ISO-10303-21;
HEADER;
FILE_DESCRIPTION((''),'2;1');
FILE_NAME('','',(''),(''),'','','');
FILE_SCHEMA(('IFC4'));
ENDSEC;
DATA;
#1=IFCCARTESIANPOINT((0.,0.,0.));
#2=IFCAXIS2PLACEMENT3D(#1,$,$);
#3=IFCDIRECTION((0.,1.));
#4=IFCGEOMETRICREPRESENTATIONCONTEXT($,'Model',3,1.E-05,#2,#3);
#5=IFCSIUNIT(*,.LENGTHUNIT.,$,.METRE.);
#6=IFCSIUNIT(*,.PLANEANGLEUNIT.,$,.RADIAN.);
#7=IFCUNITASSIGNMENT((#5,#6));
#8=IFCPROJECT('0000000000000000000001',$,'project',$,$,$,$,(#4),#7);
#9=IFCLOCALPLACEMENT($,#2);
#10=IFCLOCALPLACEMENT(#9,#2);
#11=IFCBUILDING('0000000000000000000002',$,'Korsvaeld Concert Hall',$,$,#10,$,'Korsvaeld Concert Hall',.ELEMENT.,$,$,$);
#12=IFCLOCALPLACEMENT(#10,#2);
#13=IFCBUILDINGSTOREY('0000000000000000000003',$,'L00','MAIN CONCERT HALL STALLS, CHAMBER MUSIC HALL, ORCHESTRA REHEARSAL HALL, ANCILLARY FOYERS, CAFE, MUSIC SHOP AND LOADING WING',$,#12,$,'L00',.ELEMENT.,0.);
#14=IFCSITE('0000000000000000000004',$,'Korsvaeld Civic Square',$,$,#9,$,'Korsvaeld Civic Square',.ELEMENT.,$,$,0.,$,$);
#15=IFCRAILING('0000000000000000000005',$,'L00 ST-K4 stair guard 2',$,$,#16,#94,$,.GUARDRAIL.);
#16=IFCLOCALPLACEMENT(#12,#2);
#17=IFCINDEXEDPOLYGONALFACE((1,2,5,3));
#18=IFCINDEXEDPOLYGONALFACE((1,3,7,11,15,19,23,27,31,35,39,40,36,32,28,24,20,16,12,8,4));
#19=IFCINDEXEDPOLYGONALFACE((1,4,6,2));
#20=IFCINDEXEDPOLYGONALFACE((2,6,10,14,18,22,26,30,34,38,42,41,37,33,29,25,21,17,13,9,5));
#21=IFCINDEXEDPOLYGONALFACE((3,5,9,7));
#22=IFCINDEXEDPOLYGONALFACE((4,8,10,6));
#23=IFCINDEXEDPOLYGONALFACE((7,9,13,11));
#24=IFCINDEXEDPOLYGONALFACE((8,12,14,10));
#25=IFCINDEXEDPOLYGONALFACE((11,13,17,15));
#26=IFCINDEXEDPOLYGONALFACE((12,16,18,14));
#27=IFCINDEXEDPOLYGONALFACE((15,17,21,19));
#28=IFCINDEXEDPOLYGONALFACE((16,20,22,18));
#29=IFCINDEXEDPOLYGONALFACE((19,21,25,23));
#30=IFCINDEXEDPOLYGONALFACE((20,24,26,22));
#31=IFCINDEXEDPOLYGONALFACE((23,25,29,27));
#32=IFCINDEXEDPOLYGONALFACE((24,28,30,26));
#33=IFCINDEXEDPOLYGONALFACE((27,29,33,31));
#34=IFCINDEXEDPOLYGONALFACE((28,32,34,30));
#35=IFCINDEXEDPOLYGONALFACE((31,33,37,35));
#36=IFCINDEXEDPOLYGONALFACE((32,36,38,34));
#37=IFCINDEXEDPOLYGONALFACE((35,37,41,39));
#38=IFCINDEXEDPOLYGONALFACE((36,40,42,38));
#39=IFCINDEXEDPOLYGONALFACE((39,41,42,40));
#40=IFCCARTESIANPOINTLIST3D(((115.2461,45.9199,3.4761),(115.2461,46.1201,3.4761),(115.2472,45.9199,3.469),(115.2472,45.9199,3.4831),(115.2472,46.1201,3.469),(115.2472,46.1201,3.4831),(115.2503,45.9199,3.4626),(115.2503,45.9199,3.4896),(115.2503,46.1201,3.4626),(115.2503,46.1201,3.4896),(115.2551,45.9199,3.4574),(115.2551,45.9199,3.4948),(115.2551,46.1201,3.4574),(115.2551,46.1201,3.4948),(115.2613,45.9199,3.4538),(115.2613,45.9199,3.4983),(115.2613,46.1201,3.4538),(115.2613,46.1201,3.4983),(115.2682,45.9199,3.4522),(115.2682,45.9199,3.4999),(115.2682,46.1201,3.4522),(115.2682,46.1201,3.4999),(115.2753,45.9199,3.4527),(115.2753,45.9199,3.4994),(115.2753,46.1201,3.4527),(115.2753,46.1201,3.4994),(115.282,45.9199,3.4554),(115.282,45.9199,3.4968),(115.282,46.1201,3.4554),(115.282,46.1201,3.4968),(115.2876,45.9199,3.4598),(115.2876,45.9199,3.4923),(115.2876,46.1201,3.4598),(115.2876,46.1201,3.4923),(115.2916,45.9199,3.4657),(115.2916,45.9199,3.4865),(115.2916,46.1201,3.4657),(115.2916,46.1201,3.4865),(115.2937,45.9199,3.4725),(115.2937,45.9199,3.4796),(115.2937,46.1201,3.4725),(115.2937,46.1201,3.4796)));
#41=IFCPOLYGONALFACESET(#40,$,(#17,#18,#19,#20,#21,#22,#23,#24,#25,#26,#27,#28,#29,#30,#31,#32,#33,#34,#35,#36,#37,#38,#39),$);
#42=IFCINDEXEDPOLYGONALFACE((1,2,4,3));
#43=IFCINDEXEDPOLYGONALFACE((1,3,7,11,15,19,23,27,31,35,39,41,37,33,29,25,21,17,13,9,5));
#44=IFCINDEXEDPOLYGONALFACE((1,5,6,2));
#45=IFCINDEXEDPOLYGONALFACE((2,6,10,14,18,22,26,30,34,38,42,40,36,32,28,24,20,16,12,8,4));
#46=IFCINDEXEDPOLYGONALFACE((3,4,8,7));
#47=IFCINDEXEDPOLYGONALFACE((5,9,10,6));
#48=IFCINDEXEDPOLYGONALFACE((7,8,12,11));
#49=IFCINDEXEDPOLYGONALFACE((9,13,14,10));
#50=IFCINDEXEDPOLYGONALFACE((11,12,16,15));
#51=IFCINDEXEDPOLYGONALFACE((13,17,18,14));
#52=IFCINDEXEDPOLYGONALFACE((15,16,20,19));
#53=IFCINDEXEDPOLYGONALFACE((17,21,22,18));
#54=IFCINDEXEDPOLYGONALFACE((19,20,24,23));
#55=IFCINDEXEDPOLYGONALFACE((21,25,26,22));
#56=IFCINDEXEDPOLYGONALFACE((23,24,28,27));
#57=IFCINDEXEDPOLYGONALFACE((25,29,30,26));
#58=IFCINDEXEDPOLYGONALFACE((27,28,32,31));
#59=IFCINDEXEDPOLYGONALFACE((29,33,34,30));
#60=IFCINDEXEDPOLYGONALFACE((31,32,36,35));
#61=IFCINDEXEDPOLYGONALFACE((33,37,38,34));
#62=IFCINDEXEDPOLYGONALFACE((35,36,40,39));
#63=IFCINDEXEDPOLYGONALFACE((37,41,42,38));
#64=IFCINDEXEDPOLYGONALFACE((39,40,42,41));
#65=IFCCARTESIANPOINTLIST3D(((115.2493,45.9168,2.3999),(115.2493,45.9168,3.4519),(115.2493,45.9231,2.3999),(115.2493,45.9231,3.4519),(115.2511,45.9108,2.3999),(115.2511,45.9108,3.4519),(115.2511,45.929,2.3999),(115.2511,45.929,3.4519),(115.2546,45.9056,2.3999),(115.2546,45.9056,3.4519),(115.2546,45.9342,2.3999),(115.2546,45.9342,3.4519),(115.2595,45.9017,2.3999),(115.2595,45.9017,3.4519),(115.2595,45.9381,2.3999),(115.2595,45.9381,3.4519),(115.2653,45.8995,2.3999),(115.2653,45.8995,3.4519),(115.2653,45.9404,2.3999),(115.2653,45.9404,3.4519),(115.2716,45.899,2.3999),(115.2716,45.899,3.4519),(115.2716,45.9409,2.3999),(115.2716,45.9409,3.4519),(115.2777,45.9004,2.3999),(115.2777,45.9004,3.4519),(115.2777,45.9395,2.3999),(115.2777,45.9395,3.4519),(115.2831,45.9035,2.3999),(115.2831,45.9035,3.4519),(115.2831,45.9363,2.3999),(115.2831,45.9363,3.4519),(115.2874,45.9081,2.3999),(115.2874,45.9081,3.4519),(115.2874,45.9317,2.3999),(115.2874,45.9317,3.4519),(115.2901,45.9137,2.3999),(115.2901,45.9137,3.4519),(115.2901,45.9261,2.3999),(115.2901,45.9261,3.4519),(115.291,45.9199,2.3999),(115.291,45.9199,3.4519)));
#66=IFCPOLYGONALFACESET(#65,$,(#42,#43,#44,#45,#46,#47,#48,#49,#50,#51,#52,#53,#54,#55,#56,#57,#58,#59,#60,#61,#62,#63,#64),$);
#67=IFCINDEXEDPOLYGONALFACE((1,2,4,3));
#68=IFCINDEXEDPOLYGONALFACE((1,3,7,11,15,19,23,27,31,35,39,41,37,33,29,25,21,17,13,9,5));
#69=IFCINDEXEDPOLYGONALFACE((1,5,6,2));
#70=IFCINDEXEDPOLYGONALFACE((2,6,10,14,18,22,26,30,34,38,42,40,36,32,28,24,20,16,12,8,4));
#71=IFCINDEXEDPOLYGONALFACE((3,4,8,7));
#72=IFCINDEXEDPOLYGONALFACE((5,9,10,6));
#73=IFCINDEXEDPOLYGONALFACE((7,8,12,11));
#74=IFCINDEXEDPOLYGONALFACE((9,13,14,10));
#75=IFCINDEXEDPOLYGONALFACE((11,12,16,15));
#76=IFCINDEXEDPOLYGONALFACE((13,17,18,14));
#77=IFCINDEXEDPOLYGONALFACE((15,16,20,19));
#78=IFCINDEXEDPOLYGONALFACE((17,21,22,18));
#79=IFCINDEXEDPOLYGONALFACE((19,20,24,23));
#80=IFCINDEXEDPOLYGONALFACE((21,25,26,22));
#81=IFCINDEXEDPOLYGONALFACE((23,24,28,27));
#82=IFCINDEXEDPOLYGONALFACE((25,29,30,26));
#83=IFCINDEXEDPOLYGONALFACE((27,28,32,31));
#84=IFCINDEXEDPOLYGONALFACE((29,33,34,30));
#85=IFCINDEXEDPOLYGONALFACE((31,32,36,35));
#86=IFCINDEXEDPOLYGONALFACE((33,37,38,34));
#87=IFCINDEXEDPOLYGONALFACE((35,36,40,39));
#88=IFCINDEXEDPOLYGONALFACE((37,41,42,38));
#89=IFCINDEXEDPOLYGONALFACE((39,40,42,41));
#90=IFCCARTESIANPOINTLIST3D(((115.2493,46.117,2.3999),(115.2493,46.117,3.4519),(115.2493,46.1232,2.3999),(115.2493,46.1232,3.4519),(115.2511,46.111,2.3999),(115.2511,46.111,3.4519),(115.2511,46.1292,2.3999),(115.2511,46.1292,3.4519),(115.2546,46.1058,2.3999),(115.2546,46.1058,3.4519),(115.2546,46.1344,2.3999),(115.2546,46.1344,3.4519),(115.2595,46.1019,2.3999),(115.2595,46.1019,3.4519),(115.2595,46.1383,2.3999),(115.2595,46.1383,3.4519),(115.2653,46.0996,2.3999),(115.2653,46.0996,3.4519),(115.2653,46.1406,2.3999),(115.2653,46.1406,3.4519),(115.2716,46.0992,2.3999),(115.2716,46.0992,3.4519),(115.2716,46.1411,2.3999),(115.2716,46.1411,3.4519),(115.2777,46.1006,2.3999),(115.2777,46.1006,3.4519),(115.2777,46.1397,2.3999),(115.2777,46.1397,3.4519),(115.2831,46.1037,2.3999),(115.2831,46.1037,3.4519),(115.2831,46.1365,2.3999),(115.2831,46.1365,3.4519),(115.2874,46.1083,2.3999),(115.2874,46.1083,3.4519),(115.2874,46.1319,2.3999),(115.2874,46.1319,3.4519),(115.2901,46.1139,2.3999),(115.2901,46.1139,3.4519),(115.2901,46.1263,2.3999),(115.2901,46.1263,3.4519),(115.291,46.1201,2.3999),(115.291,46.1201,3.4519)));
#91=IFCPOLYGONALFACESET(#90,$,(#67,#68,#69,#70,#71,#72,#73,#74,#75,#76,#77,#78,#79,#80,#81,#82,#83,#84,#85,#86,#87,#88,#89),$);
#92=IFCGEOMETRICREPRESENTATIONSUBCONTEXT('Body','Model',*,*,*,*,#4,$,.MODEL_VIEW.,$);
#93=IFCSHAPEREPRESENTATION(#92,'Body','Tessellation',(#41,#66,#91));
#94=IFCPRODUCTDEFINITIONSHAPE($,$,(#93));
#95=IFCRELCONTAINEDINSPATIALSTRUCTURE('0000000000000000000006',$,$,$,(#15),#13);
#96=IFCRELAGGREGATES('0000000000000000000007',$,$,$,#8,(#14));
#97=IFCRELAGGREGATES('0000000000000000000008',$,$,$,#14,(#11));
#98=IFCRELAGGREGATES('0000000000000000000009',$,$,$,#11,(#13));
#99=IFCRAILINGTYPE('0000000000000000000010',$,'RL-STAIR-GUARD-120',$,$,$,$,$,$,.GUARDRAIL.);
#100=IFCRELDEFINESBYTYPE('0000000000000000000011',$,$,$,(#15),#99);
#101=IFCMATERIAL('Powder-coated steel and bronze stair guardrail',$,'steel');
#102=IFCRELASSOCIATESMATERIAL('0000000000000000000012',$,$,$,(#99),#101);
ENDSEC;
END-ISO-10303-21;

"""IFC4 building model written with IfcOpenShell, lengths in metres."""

from ifc_helpers import new_model, si_unit, direction, frame, origin, origin_2d, place, context, subcontext, project, spatial, circle, extrude, material, type_object, element, save


model = new_model("IFC4")

# Units and contexts
model_context = context("Model", 3, precision=1e-05, world=origin(), true_north=direction((0.0, 1.0)))
body_context = subcontext(model_context, "Body", "Model", "MODEL_VIEW")
ifc_project = project(units=[si_unit("LENGTHUNIT", "METRE"), si_unit("PLANEANGLEUNIT", "RADIAN")], contexts=[model_context])

# Site, building, storey
site_placement = place(None, origin())
site = spatial("IfcSite", under=ifc_project, at=site_placement, Name="Korsvaeld Civic Square", LongName="Korsvaeld Civic Square", CompositionType="ELEMENT", RefElevation=0.0)
building_placement = place(site_placement, origin())
building = spatial("IfcBuilding", under=site, at=building_placement, Name="Korsvaeld Concert Hall", LongName="Korsvaeld Concert Hall", CompositionType="ELEMENT")
storey_placement = place(building_placement, origin())
storey = spatial("IfcBuildingStorey", under=building, at=storey_placement, Name="L00", Description="MAIN CONCERT HALL STALLS, CHAMBER MUSIC HALL, ORCHESTRA REHEARSAL HALL, ANCILLARY FOYERS, CAFE, MUSIC SHOP AND LOADING WING", LongName="L00", CompositionType="ELEMENT", Elevation=0.0)

# Railing
ifc_material_1 = material(Name="Powder-coated steel and bronze stair guardrail", Category="steel")
railing_type_1 = type_object("IfcRailingType", Name="RL-STAIR-GUARD-120", PredefinedType="GUARDRAIL", material=ifc_material_1)
railing_1_placement = place(storey_placement, frame((115.27, 45.9199, 2.3999)))
element("IfcRailing", 1, at=railing_1_placement, inside=storey, type_object=railing_type_1, Name="L00 ST-K4 stair guard 2", PredefinedType="GUARDRAIL", context=body_context, shape_type="SweptSolid", body=[
    extrude(circle(Radius=0.0239, at=origin_2d()), frame((0.0, 0.0, 1.0762), z_axis=(0.0, 1.0, 0.0), x_axis=(-1.0, 0.0, 0.0)), (0.0, 0.0, 1.0), 0.2002),
    extrude(circle(Radius=0.021, at=origin_2d()), origin(), (0.0, 0.0, 1.0), 1.052),
    extrude(circle(Radius=0.021, at=origin_2d()), frame((0.0, 0.2002, 0.0)), (0.0, 0.0, 1.0), 1.052),
])

save(model, "model.ifc")
